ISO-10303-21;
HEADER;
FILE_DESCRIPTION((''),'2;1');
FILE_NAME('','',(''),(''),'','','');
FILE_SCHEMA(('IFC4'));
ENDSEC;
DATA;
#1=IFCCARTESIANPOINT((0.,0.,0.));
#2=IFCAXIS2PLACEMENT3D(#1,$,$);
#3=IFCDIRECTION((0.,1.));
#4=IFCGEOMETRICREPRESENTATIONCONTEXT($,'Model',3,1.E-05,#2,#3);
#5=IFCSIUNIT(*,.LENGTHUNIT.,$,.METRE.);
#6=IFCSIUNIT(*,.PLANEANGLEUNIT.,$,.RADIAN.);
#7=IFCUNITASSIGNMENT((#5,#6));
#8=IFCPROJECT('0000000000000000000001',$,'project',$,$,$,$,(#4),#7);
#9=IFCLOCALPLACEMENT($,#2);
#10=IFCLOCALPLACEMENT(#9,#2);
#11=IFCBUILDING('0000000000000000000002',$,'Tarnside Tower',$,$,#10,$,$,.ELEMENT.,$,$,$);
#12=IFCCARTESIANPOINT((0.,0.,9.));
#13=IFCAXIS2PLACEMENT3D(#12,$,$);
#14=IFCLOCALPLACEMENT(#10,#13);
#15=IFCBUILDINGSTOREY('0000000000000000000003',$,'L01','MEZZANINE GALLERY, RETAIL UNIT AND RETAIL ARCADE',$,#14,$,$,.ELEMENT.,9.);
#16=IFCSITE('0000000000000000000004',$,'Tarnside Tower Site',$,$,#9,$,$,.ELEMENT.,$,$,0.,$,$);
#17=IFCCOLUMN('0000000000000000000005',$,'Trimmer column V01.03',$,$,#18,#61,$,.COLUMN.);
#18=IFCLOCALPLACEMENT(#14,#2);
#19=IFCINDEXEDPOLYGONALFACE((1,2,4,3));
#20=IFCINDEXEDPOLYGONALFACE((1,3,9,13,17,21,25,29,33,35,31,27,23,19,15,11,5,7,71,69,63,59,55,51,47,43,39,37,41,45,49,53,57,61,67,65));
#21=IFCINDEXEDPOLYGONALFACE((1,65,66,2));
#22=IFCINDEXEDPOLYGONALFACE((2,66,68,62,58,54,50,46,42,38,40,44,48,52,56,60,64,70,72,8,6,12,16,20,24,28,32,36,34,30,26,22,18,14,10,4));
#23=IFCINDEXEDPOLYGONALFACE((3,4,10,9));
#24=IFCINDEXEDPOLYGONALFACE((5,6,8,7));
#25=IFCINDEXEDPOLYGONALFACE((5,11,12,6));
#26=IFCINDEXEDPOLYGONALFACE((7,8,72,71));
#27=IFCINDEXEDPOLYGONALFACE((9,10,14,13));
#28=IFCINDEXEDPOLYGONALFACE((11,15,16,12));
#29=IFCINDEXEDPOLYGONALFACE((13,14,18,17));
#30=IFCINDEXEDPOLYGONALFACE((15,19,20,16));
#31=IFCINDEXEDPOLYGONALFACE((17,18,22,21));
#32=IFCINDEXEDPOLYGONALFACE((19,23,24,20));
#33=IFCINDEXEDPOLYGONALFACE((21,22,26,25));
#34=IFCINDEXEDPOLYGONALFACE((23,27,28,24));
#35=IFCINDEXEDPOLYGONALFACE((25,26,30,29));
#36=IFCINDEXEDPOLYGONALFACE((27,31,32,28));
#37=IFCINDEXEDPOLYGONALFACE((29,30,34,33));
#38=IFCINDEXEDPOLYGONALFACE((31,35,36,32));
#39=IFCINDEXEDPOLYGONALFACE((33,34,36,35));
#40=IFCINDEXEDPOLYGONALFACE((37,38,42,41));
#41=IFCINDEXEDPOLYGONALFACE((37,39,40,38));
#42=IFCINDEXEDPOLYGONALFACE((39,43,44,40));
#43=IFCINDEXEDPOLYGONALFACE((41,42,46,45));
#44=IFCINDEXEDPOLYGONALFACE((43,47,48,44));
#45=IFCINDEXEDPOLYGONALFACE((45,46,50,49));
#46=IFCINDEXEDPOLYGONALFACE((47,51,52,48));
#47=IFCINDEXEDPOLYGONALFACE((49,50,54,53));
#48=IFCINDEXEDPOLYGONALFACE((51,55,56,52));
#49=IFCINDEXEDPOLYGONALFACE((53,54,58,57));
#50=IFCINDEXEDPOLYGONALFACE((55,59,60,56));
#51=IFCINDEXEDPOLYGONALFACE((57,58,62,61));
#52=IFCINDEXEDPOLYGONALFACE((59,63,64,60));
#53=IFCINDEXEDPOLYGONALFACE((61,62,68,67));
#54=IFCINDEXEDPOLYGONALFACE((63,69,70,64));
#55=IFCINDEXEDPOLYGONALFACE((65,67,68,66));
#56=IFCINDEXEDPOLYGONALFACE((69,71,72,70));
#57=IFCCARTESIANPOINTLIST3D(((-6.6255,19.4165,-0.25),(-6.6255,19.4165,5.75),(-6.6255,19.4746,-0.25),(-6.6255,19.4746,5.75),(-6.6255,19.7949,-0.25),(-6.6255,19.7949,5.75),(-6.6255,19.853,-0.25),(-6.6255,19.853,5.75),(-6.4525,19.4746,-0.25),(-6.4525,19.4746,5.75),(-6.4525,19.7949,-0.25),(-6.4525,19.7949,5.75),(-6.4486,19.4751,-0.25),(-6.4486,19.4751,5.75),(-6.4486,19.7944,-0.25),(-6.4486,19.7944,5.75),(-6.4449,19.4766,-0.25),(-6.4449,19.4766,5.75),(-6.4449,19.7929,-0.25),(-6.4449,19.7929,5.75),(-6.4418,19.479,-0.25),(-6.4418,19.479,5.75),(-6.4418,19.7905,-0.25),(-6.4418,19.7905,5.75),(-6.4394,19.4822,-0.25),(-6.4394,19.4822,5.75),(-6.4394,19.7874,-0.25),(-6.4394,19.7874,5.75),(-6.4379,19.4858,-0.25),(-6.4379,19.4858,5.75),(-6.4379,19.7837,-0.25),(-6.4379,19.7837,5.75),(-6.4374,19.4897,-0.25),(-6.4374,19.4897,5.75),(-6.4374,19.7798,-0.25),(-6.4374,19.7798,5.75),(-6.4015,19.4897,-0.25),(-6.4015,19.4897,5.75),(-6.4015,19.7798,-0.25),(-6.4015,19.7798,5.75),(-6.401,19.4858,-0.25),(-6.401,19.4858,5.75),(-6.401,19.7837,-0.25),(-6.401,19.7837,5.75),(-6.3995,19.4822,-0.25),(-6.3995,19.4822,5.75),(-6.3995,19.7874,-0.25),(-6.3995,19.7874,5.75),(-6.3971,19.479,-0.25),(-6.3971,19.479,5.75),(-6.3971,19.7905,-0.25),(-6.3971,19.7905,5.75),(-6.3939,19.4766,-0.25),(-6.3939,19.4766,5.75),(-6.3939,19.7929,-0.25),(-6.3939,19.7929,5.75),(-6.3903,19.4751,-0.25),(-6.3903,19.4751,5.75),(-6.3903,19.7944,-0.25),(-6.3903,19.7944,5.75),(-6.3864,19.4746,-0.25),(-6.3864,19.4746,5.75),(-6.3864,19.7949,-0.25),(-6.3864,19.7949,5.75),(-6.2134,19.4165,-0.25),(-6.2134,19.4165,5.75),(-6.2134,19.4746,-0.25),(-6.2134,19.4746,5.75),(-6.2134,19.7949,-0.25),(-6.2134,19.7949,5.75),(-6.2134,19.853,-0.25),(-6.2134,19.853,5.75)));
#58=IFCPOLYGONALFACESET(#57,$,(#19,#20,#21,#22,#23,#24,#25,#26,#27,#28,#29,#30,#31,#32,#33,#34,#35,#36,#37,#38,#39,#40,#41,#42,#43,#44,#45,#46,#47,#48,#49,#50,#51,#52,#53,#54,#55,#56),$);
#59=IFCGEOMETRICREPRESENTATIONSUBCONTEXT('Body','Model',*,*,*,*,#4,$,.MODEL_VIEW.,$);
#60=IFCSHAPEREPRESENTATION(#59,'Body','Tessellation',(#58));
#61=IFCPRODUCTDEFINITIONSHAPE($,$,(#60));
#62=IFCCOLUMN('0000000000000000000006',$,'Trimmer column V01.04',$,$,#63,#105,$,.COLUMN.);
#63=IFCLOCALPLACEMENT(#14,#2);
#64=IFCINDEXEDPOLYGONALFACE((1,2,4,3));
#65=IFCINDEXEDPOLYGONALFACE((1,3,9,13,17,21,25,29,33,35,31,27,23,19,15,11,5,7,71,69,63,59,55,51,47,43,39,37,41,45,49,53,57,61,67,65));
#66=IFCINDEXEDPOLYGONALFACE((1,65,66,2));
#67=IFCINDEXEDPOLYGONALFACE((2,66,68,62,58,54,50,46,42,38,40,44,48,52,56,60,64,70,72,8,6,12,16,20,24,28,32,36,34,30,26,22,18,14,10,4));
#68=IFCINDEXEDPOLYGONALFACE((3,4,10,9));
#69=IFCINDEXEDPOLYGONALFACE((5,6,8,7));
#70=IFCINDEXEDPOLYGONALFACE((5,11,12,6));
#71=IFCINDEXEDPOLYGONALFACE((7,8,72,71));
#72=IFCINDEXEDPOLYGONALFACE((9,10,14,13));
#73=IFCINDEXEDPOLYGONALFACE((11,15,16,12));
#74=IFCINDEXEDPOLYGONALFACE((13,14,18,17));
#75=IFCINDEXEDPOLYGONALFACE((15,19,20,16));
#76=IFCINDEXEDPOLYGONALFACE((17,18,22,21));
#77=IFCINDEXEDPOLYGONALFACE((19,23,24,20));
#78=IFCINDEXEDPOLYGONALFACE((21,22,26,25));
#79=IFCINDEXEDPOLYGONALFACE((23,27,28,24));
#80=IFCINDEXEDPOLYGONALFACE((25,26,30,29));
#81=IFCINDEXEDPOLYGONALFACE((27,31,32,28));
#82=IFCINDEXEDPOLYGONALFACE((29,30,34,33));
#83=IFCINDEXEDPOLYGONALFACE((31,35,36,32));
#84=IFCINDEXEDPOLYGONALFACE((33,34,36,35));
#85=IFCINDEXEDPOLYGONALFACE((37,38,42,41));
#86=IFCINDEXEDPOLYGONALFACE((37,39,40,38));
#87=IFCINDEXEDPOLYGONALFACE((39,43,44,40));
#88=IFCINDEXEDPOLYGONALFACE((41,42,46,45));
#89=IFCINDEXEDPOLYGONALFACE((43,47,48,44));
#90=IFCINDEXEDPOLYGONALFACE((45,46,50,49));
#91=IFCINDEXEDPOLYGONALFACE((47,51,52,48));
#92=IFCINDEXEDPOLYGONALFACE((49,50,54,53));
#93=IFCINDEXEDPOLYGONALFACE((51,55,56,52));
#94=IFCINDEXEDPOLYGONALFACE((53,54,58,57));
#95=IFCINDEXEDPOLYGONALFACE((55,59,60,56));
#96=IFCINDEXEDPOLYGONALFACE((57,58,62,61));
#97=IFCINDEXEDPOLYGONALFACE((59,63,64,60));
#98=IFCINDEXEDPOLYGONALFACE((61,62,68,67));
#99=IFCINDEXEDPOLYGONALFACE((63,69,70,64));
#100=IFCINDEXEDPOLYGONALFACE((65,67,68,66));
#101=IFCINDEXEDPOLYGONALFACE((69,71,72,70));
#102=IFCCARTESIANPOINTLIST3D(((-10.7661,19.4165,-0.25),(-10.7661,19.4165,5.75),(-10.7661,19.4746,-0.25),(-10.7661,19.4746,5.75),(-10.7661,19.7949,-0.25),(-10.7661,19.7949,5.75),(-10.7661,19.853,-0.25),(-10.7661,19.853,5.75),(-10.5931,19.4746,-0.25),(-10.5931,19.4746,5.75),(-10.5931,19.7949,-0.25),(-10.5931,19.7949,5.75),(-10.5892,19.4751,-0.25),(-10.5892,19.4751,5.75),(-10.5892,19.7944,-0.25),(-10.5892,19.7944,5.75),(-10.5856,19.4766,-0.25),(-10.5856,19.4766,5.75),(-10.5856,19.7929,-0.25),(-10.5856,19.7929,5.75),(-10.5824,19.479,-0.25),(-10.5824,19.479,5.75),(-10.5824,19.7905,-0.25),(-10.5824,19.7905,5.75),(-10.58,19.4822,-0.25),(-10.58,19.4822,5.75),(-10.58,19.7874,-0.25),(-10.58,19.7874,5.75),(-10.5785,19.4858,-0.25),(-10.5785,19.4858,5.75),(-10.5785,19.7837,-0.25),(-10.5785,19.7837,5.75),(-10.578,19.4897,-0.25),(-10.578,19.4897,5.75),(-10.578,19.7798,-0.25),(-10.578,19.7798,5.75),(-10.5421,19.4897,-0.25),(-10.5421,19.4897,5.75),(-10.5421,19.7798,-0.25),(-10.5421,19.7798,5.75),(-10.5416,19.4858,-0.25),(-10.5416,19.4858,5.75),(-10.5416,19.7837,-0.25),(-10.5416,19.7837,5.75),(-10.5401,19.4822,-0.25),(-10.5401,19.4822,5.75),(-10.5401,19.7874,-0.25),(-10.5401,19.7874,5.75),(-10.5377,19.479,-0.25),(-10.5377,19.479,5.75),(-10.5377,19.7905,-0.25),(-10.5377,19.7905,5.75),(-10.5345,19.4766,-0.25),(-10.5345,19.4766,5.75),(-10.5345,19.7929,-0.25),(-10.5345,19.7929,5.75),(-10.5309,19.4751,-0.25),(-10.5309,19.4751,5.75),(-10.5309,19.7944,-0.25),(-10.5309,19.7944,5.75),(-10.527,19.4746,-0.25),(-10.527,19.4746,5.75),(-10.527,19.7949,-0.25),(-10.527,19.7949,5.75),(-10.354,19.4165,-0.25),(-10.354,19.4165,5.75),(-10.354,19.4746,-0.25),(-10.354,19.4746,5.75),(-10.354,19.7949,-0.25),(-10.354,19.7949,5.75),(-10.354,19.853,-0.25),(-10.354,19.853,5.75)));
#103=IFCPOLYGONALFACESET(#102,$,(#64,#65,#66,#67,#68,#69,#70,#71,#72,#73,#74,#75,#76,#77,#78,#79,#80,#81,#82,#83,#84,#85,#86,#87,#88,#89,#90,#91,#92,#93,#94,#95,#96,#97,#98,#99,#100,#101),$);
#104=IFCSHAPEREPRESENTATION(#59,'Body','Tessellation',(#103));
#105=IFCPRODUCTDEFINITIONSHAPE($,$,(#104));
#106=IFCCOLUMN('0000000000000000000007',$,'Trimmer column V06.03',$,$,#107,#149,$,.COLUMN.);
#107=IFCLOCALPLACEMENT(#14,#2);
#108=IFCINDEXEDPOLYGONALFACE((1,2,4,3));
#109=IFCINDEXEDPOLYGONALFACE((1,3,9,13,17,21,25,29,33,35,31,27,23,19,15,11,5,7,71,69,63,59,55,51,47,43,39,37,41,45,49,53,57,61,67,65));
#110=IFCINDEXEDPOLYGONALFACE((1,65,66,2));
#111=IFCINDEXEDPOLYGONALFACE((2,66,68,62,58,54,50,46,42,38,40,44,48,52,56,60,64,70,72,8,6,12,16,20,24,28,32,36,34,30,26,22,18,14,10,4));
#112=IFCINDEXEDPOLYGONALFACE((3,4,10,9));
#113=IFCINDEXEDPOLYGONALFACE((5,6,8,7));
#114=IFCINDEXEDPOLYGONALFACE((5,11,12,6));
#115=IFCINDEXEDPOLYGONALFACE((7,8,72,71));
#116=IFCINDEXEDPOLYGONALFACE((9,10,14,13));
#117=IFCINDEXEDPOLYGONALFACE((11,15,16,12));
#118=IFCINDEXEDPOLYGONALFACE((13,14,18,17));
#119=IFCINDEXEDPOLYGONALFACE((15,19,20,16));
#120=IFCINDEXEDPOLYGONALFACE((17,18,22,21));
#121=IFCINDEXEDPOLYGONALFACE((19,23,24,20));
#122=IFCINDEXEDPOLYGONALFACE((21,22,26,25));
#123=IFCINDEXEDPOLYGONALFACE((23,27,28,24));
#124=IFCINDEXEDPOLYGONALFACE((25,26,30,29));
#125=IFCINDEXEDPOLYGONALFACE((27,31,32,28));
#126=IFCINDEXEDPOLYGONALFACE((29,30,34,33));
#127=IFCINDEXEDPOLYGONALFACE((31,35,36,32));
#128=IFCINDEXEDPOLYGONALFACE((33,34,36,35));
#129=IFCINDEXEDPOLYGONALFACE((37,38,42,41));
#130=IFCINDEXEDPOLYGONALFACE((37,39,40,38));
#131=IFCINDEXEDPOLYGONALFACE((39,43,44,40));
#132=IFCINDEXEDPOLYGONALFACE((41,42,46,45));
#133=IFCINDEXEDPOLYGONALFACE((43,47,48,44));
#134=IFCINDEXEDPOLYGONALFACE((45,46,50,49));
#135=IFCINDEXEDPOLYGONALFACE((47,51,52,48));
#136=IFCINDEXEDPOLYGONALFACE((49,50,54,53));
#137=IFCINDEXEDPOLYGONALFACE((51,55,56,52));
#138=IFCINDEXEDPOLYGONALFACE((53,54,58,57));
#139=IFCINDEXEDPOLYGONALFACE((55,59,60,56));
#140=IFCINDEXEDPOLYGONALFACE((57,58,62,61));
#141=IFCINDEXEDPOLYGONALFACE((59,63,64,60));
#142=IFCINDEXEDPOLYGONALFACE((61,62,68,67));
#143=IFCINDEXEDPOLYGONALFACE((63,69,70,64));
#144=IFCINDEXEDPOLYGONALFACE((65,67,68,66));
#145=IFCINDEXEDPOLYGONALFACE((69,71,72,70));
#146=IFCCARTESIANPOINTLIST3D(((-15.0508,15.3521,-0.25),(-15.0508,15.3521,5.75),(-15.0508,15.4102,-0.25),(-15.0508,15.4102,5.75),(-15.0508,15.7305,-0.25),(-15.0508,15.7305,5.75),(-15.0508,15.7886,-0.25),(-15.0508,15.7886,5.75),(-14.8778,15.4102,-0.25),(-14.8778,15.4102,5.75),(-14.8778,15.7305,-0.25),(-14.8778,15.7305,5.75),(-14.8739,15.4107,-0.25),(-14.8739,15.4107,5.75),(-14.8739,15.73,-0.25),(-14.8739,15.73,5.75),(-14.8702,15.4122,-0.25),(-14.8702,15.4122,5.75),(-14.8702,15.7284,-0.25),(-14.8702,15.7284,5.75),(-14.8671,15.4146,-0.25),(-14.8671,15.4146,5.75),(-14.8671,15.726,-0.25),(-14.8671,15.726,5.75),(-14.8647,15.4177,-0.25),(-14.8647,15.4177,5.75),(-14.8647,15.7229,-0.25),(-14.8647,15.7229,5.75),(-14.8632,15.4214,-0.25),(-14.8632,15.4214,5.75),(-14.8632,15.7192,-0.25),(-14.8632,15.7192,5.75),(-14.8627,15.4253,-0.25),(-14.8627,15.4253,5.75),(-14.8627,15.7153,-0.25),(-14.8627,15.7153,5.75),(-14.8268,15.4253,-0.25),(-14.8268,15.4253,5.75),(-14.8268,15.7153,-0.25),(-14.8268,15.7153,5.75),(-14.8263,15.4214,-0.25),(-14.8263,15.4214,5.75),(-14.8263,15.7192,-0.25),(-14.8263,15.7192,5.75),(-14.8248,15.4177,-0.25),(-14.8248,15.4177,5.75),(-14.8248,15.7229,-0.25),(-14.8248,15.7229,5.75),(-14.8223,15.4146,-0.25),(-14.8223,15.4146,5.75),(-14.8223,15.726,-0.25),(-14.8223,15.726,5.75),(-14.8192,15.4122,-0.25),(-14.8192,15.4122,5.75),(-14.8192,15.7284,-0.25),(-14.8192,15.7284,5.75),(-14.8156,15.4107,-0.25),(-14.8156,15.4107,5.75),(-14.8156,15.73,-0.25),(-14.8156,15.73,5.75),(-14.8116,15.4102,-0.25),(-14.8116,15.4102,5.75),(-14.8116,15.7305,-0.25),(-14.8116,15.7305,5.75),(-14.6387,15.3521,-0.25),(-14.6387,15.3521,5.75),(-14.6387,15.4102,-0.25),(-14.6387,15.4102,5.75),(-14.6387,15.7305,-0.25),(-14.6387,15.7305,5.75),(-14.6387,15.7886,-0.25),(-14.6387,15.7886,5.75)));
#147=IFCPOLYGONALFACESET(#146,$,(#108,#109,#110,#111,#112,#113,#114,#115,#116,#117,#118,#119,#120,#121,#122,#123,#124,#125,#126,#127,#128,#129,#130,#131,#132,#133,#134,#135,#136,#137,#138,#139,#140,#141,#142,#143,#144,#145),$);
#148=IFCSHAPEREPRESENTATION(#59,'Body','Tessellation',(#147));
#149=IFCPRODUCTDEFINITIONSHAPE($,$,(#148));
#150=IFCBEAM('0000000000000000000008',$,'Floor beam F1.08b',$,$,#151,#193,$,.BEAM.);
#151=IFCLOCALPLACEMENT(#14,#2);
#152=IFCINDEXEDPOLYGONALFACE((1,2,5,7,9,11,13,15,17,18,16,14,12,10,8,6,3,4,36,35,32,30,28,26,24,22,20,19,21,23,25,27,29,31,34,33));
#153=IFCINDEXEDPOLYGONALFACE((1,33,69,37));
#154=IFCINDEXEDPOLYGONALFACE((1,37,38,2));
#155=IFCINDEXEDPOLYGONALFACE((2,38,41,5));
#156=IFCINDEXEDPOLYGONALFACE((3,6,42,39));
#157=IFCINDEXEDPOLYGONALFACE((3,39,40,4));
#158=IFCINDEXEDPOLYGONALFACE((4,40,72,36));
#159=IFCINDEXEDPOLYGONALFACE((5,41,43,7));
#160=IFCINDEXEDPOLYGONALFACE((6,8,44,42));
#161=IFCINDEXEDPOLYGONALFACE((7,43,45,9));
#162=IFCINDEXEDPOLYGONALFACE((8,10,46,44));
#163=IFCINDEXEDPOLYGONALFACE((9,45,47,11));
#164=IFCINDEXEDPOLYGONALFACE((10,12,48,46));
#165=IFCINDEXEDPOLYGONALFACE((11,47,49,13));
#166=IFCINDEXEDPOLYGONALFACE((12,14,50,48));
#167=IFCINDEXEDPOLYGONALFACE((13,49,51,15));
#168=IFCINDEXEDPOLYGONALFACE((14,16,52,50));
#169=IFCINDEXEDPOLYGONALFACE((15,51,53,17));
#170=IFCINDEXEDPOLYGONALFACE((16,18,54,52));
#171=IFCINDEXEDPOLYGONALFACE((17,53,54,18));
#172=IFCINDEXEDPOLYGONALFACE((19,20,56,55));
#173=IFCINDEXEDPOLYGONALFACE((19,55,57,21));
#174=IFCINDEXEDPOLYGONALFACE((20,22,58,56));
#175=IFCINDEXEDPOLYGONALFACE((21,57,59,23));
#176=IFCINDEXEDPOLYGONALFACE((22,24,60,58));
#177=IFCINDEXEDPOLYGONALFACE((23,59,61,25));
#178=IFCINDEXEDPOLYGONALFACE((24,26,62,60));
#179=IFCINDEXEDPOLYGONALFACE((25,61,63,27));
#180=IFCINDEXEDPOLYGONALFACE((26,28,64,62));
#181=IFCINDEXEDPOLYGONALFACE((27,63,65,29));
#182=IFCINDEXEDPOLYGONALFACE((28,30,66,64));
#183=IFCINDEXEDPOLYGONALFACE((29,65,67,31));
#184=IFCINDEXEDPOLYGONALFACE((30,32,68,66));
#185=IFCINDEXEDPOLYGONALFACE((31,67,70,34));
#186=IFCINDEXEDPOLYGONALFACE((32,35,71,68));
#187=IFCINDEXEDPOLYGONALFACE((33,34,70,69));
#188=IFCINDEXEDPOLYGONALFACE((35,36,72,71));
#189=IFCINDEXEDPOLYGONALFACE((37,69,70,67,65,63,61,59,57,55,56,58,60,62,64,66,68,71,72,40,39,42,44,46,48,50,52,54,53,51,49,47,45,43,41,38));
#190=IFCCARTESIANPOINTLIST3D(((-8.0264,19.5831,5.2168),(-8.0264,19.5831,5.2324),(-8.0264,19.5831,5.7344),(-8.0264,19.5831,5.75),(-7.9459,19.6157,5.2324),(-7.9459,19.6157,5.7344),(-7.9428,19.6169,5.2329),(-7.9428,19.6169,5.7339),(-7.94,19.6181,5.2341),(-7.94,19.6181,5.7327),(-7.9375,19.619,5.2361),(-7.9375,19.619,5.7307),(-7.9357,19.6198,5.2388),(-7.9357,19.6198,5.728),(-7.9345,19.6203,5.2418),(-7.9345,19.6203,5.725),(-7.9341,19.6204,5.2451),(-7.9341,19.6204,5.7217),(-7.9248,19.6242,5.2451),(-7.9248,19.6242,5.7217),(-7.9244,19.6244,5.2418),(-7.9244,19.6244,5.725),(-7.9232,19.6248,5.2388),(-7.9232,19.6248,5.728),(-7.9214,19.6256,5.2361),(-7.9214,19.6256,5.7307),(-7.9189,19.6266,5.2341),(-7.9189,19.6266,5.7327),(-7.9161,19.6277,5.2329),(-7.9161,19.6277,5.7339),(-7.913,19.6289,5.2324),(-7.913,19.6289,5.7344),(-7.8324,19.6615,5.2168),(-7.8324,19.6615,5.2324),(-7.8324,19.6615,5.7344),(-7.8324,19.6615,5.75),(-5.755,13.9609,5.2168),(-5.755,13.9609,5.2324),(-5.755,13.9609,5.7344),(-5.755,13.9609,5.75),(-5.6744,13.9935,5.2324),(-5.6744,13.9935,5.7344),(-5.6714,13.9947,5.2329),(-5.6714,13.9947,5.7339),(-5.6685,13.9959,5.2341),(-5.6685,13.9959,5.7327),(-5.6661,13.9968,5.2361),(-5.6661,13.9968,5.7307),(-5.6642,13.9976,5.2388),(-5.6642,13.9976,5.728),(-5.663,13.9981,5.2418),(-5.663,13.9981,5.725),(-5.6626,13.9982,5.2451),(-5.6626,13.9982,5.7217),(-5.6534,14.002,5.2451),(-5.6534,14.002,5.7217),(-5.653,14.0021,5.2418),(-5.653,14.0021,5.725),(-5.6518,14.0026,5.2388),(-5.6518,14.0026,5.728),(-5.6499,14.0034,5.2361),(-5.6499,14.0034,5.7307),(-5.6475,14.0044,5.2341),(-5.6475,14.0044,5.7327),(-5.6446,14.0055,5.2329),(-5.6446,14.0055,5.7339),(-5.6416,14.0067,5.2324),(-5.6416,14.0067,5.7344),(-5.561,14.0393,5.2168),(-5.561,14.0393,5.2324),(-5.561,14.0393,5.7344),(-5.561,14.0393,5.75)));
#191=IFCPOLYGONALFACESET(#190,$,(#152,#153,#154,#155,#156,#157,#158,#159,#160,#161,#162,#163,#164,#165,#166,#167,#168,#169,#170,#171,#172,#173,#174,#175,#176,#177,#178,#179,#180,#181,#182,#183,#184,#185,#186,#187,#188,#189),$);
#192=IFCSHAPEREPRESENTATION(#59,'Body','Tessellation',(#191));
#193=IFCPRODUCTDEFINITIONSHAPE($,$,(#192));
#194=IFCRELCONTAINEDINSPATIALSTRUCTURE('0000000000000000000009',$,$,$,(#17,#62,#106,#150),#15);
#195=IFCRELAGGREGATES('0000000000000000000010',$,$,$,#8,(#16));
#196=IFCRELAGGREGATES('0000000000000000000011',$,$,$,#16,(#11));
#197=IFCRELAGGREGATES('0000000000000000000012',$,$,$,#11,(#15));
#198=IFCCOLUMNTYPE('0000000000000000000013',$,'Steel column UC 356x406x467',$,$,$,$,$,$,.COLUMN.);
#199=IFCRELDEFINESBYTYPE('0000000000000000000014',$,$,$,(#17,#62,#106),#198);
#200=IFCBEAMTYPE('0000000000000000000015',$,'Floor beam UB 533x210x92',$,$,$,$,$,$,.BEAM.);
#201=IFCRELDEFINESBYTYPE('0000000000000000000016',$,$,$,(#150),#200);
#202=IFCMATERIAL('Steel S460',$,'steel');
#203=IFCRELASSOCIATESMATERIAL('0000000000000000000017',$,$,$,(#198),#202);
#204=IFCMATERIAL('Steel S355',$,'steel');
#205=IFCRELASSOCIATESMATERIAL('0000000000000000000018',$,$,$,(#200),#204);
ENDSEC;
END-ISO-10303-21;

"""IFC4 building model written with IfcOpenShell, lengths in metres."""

from ifc_helpers import new_model, si_unit, direction, frame, origin, origin_2d, place, context, subcontext, project, spatial, i_section, extrude, material, material_profile, profile_set, type_object, element, save


model = new_model("IFC4")

# Units and contexts
model_context = context("Model", 3, precision=1e-05, world=origin(), true_north=direction((0.0, 1.0)))
body_context = subcontext(model_context, "Body", "Model", "MODEL_VIEW")
ifc_project = project(units=[si_unit("LENGTHUNIT", "METRE"), si_unit("PLANEANGLEUNIT", "RADIAN")], contexts=[model_context])

# Site, building, storey
site_placement = place(None, origin())
site = spatial("IfcSite", under=ifc_project, at=site_placement, Name="Tarnside Tower Site", CompositionType="ELEMENT", RefElevation=0.0)
building_placement = place(site_placement, origin())
building = spatial("IfcBuilding", under=site, at=building_placement, Name="Tarnside Tower", CompositionType="ELEMENT")
storey_placement = place(building_placement, frame((0.0, 0.0, 9.0)))
storey = spatial("IfcBuildingStorey", under=building, at=storey_placement, Name="L01", Description="MEZZANINE GALLERY, RETAIL UNIT AND RETAIL ARCADE", CompositionType="ELEMENT", Elevation=9.0)

# Columns
ifc_material_1 = material(Name="Steel S460", Category="steel")
ifc_material_profile_1 = material_profile(ifc_material_1, i_section(OverallWidth=0.4121, OverallDepth=0.4365, WebThickness=0.0359, FlangeThickness=0.0581, FilletRadius=0.0151, at=origin_2d()), Name="UC 356x406x467")
ifc_profile_set_1 = profile_set([ifc_material_profile_1], Name="Steel S460")
column_type = type_object("IfcColumnType", Name="Steel column UC 356x406x467", PredefinedType="COLUMN", material=ifc_profile_set_1)
for number, where, z_axis, x_axis, name in (
    (1, (-6.4194, 19.6348, -0.25), (0.0, 0.0, 1.0), (1.0, 0.0, 0.0), "Trimmer column V01.03"),
    (2, (-10.5601, 19.6348, -0.25), (0.0, 0.0, 1.0), (1.0, 0.0, 0.0), "Trimmer column V01.04"),
    (3, (-14.8447, 15.5703, -0.25), (0.0, 0.0, 1.0), (1.0, 0.0, 0.0), "Trimmer column V06.03"),
):
    element("IfcColumn", number, at=place(storey_placement, frame(where, z_axis=z_axis, x_axis=x_axis)), inside=storey, type_object=column_type, Name=name, PredefinedType="COLUMN", context=body_context, shape_type="SweptSolid", body=[
        extrude(i_section(OverallWidth=0.4121, OverallDepth=0.4365, WebThickness=0.0359, FlangeThickness=0.0581, FilletRadius=0.0151, at=origin_2d()), origin(), (0.0, 0.0, 1.0), 6.0),
    ])

# Beam
ifc_material_2 = material(Name="Steel S355", Category="steel")
ifc_material_profile_2 = material_profile(ifc_material_2, i_section(OverallWidth=0.2092, OverallDepth=0.5332, WebThickness=0.01, FlangeThickness=0.0156, FilletRadius=0.0127, at=origin_2d()), Name="UB 533x210x92")
ifc_profile_set_2 = profile_set([ifc_material_profile_2], Name="Steel S355")
beam_type_1 = type_object("IfcBeamType", Name="Floor beam UB 533x210x92", PredefinedType="BEAM", material=ifc_profile_set_2)
beam_1_placement = place(storey_placement, frame((-7.9294, 19.6223, 5.4834), z_axis=(0.374596, -0.927188, 0.0), x_axis=(0.927188, 0.374596, 0.0)))
element("IfcBeam", 4, at=beam_1_placement, inside=storey, type_object=beam_type_1, Name="Floor beam F1.08b", PredefinedType="BEAM", context=body_context, shape_type="SweptSolid", body=[
    extrude(i_section(OverallWidth=0.2092, OverallDepth=0.5332, WebThickness=0.01, FlangeThickness=0.0156, FilletRadius=0.0127, at=origin_2d()), origin(), (0.0, 0.0, 1.0), 6.0637),
])

save(model, "model.ifc")
